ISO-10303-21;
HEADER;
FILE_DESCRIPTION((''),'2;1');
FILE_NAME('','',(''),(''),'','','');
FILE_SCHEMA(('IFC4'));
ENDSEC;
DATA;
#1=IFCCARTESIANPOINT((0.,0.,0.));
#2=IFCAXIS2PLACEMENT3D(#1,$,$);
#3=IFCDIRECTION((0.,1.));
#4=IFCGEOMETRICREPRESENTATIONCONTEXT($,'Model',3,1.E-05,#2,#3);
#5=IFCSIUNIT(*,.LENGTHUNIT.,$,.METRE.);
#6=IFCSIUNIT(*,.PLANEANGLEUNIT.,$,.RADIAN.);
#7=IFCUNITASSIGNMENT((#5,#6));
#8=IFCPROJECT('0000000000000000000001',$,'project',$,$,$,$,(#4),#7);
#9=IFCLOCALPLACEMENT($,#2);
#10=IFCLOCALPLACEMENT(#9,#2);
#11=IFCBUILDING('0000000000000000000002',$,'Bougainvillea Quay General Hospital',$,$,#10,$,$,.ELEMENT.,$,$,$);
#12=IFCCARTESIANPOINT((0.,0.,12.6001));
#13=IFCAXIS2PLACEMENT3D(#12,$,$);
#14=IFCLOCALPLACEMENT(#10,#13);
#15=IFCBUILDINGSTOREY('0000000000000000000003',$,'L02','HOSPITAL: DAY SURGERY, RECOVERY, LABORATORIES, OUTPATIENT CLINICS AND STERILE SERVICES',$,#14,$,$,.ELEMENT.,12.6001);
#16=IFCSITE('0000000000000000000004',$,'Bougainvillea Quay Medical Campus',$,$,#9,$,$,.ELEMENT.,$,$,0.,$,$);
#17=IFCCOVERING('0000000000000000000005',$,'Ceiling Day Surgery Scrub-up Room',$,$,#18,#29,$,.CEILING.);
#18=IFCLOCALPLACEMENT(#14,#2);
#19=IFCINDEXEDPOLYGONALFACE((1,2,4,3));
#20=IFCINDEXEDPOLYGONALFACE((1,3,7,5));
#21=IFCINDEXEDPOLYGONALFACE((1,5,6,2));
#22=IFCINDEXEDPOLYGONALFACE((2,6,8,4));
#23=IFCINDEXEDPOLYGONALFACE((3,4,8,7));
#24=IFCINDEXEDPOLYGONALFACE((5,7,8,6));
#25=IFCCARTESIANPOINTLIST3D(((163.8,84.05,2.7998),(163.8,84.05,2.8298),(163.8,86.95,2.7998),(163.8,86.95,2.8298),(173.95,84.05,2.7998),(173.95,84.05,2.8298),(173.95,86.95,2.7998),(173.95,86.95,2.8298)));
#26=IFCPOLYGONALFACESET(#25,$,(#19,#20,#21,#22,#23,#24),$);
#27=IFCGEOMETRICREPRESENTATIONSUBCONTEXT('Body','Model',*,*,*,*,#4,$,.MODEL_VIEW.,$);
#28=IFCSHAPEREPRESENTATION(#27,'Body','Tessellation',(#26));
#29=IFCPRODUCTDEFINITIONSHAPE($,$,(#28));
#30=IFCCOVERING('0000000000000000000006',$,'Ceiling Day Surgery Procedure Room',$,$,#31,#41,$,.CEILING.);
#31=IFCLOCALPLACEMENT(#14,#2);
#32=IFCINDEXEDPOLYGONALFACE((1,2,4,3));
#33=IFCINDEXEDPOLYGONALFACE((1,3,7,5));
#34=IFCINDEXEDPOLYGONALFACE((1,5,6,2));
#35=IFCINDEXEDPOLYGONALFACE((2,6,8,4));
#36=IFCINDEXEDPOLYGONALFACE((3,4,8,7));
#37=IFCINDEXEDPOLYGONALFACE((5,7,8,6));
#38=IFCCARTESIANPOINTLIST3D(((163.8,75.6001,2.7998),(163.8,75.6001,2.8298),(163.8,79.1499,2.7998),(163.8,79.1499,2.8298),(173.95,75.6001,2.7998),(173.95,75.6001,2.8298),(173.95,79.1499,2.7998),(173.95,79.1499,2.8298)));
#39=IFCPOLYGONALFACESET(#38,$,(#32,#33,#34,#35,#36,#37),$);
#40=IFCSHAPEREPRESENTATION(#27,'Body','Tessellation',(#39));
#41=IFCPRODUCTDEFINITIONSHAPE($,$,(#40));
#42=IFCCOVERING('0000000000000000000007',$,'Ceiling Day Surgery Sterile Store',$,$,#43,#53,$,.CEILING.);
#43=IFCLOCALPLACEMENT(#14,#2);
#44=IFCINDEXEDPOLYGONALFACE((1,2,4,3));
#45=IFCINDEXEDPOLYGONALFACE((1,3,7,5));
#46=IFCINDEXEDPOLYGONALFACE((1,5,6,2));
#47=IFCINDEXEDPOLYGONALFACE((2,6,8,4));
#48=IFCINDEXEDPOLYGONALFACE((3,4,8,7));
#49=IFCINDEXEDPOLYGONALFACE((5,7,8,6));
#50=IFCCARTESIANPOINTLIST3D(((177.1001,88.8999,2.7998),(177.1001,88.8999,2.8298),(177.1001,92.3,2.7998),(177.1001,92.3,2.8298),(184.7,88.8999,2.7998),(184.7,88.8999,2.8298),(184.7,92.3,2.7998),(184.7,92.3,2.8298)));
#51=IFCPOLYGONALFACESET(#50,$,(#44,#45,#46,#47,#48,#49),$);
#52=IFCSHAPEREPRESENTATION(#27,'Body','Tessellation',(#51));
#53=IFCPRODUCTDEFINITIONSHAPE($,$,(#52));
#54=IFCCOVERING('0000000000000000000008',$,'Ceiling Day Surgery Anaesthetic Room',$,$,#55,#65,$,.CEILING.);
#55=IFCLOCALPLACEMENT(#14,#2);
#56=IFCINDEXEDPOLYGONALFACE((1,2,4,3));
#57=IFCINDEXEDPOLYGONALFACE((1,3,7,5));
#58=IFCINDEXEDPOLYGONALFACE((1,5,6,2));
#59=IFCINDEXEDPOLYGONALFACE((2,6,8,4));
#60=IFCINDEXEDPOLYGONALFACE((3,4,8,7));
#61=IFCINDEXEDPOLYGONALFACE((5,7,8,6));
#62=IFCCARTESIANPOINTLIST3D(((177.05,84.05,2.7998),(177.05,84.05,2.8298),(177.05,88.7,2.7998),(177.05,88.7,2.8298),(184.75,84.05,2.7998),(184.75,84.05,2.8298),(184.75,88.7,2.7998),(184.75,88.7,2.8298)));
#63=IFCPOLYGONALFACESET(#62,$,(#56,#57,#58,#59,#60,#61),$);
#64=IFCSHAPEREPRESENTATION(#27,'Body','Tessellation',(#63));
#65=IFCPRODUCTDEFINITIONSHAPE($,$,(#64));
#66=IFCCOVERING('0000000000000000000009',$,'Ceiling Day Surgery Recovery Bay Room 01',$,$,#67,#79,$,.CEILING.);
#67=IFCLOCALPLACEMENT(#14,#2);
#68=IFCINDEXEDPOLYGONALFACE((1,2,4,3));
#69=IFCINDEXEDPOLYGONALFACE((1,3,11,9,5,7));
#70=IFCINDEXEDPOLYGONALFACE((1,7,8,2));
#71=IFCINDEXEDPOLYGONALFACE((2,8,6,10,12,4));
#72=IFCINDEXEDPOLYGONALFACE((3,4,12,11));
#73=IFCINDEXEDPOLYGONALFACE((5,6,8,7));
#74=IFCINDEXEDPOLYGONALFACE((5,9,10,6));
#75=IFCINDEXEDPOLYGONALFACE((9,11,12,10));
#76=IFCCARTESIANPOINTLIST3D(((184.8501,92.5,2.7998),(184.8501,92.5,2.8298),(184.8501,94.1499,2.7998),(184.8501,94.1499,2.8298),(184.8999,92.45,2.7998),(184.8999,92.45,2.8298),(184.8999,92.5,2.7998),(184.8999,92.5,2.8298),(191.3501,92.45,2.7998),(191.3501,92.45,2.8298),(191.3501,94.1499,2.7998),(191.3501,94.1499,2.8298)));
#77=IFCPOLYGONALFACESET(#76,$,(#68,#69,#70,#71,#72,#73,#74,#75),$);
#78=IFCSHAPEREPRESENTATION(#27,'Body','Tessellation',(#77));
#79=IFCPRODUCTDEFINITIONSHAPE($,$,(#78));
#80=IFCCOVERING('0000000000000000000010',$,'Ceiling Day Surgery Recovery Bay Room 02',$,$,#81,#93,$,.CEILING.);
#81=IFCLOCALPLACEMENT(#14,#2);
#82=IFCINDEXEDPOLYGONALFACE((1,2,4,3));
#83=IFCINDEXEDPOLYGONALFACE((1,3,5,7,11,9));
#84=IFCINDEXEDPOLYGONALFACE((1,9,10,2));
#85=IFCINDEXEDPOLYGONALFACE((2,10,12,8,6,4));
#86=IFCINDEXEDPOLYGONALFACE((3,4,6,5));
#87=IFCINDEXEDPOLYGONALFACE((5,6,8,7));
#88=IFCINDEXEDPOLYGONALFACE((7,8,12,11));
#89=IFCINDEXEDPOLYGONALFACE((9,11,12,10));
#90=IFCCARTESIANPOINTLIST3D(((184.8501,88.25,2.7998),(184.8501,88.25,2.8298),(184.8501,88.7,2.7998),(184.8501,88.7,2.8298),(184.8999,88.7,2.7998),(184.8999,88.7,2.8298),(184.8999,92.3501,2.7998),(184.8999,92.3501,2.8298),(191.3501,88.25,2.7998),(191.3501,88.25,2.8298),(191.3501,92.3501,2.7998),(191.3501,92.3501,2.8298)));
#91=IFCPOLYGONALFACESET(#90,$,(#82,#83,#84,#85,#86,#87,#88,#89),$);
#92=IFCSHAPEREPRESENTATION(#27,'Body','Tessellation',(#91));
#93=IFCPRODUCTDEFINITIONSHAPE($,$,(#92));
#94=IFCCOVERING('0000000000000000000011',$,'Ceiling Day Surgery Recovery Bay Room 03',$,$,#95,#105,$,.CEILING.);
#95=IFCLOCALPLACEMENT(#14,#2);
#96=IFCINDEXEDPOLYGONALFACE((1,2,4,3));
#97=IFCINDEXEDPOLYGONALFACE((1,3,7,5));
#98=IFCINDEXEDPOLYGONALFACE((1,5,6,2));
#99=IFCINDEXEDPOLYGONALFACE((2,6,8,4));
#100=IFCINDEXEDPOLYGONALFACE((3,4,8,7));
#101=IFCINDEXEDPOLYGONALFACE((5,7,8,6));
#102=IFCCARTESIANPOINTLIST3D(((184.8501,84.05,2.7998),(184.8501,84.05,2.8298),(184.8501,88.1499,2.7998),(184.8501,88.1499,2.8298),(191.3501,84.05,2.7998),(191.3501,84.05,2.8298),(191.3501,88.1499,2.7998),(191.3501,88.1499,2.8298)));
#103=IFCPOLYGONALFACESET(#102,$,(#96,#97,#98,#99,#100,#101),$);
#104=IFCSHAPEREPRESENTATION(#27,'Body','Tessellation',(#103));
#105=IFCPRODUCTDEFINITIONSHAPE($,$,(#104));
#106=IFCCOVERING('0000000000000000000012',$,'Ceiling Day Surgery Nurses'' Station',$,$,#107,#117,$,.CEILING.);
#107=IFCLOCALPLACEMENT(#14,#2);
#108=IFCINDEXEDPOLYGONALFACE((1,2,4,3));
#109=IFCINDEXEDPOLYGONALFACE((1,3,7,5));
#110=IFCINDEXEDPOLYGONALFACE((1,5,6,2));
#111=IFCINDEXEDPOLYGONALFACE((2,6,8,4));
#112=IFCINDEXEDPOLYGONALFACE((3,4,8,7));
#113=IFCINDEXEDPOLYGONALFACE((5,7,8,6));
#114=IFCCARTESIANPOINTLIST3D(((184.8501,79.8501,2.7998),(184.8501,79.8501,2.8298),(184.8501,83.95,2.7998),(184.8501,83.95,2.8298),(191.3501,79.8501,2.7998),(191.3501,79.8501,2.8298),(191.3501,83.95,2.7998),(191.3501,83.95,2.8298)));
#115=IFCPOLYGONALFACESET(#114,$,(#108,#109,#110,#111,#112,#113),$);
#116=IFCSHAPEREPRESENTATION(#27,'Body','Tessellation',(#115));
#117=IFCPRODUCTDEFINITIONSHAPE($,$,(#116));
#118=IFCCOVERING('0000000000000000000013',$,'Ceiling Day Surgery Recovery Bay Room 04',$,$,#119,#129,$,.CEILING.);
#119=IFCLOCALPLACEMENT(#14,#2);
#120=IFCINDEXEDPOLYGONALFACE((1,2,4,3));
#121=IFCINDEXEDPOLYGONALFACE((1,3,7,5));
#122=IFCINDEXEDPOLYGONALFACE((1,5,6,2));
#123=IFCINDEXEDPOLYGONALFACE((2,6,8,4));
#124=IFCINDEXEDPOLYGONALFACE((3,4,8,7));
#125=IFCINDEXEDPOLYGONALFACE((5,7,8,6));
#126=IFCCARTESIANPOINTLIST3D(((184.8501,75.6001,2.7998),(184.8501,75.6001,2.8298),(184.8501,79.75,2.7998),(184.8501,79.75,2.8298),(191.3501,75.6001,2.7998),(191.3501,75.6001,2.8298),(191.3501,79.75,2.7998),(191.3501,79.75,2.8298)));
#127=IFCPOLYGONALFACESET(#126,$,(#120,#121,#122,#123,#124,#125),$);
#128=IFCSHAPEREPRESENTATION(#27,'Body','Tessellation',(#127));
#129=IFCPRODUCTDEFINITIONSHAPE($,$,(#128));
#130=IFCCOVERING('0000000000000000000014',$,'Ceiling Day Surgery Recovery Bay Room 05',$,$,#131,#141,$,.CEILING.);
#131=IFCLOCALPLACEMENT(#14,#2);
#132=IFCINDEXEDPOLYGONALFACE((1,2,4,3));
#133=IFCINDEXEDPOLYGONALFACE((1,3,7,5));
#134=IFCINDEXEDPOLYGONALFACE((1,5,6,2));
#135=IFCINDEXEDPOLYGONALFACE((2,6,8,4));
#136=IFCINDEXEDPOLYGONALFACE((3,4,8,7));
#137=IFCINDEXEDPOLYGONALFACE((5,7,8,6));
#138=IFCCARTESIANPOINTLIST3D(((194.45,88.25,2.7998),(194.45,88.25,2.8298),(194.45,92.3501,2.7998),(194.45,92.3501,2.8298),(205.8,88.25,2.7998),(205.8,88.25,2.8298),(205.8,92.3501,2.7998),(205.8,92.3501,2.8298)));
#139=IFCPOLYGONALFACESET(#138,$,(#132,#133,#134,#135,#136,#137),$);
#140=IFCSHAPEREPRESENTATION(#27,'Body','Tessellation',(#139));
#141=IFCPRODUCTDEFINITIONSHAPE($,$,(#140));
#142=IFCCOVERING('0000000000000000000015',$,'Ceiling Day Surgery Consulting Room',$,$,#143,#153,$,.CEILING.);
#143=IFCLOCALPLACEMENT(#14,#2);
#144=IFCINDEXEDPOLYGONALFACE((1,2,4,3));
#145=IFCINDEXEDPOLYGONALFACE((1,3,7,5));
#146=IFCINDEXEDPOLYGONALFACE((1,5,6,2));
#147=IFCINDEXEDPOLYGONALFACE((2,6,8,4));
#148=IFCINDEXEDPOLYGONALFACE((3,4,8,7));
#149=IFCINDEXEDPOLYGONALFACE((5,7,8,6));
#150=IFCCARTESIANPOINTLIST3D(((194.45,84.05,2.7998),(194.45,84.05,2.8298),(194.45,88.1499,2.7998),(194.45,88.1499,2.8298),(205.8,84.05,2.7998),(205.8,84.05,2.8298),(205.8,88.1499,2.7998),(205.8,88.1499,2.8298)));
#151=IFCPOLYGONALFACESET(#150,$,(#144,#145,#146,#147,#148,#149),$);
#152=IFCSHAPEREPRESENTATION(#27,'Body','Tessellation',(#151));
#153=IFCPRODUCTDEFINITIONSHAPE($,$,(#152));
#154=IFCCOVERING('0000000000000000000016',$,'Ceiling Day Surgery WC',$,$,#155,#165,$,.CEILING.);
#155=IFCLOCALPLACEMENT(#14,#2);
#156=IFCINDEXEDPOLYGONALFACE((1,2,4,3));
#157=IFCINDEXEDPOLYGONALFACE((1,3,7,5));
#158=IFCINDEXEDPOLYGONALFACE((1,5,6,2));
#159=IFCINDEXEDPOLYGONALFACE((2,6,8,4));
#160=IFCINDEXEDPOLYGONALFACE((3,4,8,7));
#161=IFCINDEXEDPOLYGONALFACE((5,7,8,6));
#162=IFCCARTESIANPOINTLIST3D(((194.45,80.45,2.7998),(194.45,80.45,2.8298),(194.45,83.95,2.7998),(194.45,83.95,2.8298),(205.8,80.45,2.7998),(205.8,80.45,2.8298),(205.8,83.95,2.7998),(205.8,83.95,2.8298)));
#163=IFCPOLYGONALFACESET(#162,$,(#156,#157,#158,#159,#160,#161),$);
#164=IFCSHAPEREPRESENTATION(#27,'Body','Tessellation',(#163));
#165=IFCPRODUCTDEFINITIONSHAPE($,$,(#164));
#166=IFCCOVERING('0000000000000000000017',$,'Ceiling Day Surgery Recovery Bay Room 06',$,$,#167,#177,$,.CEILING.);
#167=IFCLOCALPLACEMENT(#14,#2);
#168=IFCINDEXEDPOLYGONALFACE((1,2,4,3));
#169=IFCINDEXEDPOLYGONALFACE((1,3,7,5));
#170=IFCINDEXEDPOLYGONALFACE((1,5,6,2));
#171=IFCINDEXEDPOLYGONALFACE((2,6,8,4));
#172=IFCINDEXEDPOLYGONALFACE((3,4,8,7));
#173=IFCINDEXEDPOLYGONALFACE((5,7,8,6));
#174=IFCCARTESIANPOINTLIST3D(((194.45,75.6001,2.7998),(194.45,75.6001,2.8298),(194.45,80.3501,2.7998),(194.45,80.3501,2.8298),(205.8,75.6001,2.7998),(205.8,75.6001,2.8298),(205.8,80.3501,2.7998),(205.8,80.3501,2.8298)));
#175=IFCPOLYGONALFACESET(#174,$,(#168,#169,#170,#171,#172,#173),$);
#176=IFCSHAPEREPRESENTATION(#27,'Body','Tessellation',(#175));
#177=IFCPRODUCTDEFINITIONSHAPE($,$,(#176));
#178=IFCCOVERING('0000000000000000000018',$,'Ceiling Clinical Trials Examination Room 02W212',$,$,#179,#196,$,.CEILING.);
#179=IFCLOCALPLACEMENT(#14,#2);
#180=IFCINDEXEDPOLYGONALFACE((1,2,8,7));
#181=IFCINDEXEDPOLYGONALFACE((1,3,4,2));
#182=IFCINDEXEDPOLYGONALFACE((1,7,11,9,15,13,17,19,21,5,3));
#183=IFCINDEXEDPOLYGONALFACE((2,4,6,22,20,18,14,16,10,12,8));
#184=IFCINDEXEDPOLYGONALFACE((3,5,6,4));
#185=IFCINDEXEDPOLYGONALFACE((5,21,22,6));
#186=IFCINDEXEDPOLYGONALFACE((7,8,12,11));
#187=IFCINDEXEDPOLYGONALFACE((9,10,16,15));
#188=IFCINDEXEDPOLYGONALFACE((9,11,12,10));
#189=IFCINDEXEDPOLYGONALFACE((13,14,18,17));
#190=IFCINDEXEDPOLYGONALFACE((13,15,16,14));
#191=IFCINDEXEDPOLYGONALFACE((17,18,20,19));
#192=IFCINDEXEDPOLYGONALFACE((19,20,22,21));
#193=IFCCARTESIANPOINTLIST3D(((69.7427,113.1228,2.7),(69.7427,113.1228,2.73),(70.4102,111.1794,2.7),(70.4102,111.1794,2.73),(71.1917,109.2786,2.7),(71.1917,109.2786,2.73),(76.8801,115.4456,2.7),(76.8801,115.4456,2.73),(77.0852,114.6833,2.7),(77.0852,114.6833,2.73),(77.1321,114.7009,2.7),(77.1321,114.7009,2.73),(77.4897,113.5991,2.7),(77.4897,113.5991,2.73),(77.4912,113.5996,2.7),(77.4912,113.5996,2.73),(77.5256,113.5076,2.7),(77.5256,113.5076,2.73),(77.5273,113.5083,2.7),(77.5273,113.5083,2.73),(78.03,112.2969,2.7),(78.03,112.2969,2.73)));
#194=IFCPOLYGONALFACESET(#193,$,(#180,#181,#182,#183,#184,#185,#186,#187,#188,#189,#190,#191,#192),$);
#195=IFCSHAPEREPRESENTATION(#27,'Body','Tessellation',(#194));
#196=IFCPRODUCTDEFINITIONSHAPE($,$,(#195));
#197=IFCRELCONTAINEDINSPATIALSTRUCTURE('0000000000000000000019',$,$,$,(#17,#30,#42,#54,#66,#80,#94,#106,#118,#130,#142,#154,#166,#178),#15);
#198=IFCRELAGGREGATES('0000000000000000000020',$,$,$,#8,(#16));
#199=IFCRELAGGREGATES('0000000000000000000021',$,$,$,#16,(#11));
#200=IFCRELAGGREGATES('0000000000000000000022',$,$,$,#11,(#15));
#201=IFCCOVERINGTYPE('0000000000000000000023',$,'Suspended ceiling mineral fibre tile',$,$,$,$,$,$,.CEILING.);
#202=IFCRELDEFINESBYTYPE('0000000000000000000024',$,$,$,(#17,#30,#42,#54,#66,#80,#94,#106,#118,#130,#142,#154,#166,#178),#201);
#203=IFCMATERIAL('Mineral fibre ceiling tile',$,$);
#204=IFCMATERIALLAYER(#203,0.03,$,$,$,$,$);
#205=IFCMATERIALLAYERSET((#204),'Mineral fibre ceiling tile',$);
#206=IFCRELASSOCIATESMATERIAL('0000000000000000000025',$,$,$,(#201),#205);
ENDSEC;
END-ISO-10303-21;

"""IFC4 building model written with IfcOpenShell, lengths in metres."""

from ifc_helpers import new_model, si_unit, direction, frame, origin, place, context, subcontext, project, spatial, polyline, outline, extrude, material, layer, layer_set, type_object, element, save


model = new_model("IFC4")

# Units and contexts
model_context = context("Model", 3, precision=1e-05, world=origin(), true_north=direction((0.0, 1.0)))
body_context = subcontext(model_context, "Body", "Model", "MODEL_VIEW")
ifc_project = project(units=[si_unit("LENGTHUNIT", "METRE"), si_unit("PLANEANGLEUNIT", "RADIAN")], contexts=[model_context])

# Site, building, storey
site_placement = place(None, origin())
site = spatial("IfcSite", under=ifc_project, at=site_placement, Name="Bougainvillea Quay Medical Campus", CompositionType="ELEMENT", RefElevation=0.0)
building_placement = place(site_placement, origin())
building = spatial("IfcBuilding", under=site, at=building_placement, Name="Bougainvillea Quay General Hospital", CompositionType="ELEMENT")
storey_placement = place(building_placement, frame((0.0, 0.0, 12.6001)))
storey = spatial("IfcBuildingStorey", under=building, at=storey_placement, Name="L02", Description="HOSPITAL: DAY SURGERY, RECOVERY, LABORATORIES, OUTPATIENT CLINICS AND STERILE SERVICES", CompositionType="ELEMENT", Elevation=12.6001)

# Coverings
ifc_material = material(Name="Mineral fibre ceiling tile")
ifc_layer = layer(ifc_material, 0.03)
ifc_layer_set = layer_set([ifc_layer], Name="Mineral fibre ceiling tile")
covering_type = type_object("IfcCoveringType", Name="Suspended ceiling mineral fibre tile", PredefinedType="CEILING", material=ifc_layer_set)
covering_1_placement = place(storey_placement, frame((0.0, 0.0, 2.7998)))
element("IfcCovering", 1, at=covering_1_placement, inside=storey, type_object=covering_type, Name="Ceiling Day Surgery Scrub-up Room", PredefinedType="CEILING", context=body_context, shape_type="SweptSolid", body=[
    extrude(outline(polyline([(163.8, 84.05), (173.95, 84.05), (173.95, 86.95), (163.8, 86.95), (163.8, 84.05)])), origin(), (0.0, 0.0, 1.0), 0.03),
])
covering_2_placement = place(storey_placement, frame((0.0, 0.0, 2.7998)))
element("IfcCovering", 2, at=covering_2_placement, inside=storey, type_object=covering_type, Name="Ceiling Day Surgery Procedure Room", PredefinedType="CEILING", context=body_context, shape_type="SweptSolid", body=[
    extrude(outline(polyline([(173.95, 75.6001), (173.95, 79.1499), (163.8, 79.1499), (163.8, 75.6001), (173.95, 75.6001)])), origin(), (0.0, 0.0, 1.0), 0.03),
])
covering_3_placement = place(storey_placement, frame((0.0, 0.0, 2.7998)))
element("IfcCovering", 3, at=covering_3_placement, inside=storey, type_object=covering_type, Name="Ceiling Day Surgery Sterile Store", PredefinedType="CEILING", context=body_context, shape_type="SweptSolid", body=[
    extrude(outline(polyline([(177.1001, 88.8999), (184.7, 88.8999), (184.7, 92.3), (177.1001, 92.3), (177.1001, 88.8999)])), origin(), (0.0, 0.0, 1.0), 0.03),
])
covering_4_placement = place(storey_placement, frame((0.0, 0.0, 2.7998)))
element("IfcCovering", 4, at=covering_4_placement, inside=storey, type_object=covering_type, Name="Ceiling Day Surgery Anaesthetic Room", PredefinedType="CEILING", context=body_context, shape_type="SweptSolid", body=[
    extrude(outline(polyline([(177.05, 84.05), (184.75, 84.05), (184.75, 88.7), (177.05, 88.7), (177.05, 84.05)])), origin(), (0.0, 0.0, 1.0), 0.03),
])
covering_5_placement = place(storey_placement, frame((0.0, 0.0, 2.7998)))
element("IfcCovering", 5, at=covering_5_placement, inside=storey, type_object=covering_type, Name="Ceiling Day Surgery Recovery Bay Room 01", PredefinedType="CEILING", context=body_context, shape_type="SweptSolid", body=[
    extrude(outline(polyline([(184.8999, 92.45), (191.3501, 92.45), (191.3501, 94.1499), (184.8501, 94.1499), (184.8501, 92.5), (184.8999, 92.5), (184.8999, 92.45)])), origin(), (0.0, 0.0, 1.0), 0.03),
])
covering_6_placement = place(storey_placement, frame((0.0, 0.0, 2.7998)))
element("IfcCovering", 6, at=covering_6_placement, inside=storey, type_object=covering_type, Name="Ceiling Day Surgery Recovery Bay Room 02", PredefinedType="CEILING", context=body_context, shape_type="SweptSolid", body=[
    extrude(outline(polyline([(184.8501, 88.7), (184.8501, 88.25), (191.3501, 88.25), (191.3501, 92.3501), (184.8999, 92.3501), (184.8999, 88.7), (184.8501, 88.7)])), origin(), (0.0, 0.0, 1.0), 0.03),
])
covering_7_placement = place(storey_placement, frame((0.0, 0.0, 2.7998)))
element("IfcCovering", 7, at=covering_7_placement, inside=storey, type_object=covering_type, Name="Ceiling Day Surgery Recovery Bay Room 03", PredefinedType="CEILING", context=body_context, shape_type="SweptSolid", body=[
    extrude(outline(polyline([(184.8501, 84.05), (191.3501, 84.05), (191.3501, 88.1499), (184.8501, 88.1499), (184.8501, 84.05)])), origin(), (0.0, 0.0, 1.0), 0.03),
])
covering_8_placement = place(storey_placement, frame((0.0, 0.0, 2.7998)))
element("IfcCovering", 8, at=covering_8_placement, inside=storey, type_object=covering_type, Name="Ceiling Day Surgery Nurses' Station", PredefinedType="CEILING", context=body_context, shape_type="SweptSolid", body=[
    extrude(outline(polyline([(184.8501, 79.8501), (191.3501, 79.8501), (191.3501, 83.95), (184.8501, 83.95), (184.8501, 79.8501)])), origin(), (0.0, 0.0, 1.0), 0.03),
])
covering_9_placement = place(storey_placement, frame((0.0, 0.0, 2.7998)))
element("IfcCovering", 9, at=covering_9_placement, inside=storey, type_object=covering_type, Name="Ceiling Day Surgery Recovery Bay Room 04", PredefinedType="CEILING", context=body_context, shape_type="SweptSolid", body=[
    extrude(outline(polyline([(191.3501, 75.6001), (191.3501, 79.75), (184.8501, 79.75), (184.8501, 75.6001), (191.3501, 75.6001)])), origin(), (0.0, 0.0, 1.0), 0.03),
])
covering_10_placement = place(storey_placement, frame((0.0, 0.0, 2.7998)))
element("IfcCovering", 10, at=covering_10_placement, inside=storey, type_object=covering_type, Name="Ceiling Day Surgery Recovery Bay Room 05", PredefinedType="CEILING", context=body_context, shape_type="SweptSolid", body=[
    extrude(outline(polyline([(205.8, 92.3501), (194.45, 92.3501), (194.45, 88.25), (205.8, 88.25), (205.8, 92.3501)])), origin(), (0.0, 0.0, 1.0), 0.03),
])
covering_11_placement = place(storey_placement, frame((0.0, 0.0, 2.7998)))
element("IfcCovering", 11, at=covering_11_placement, inside=storey, type_object=covering_type, Name="Ceiling Day Surgery Consulting Room", PredefinedType="CEILING", context=body_context, shape_type="SweptSolid", body=[
    extrude(outline(polyline([(205.8, 88.1499), (194.45, 88.1499), (194.45, 84.05), (205.8, 84.05), (205.8, 88.1499)])), origin(), (0.0, 0.0, 1.0), 0.03),
])
covering_12_placement = place(storey_placement, frame((0.0, 0.0, 2.7998)))
element("IfcCovering", 12, at=covering_12_placement, inside=storey, type_object=covering_type, Name="Ceiling Day Surgery WC", PredefinedType="CEILING", context=body_context, shape_type="SweptSolid", body=[
    extrude(outline(polyline([(205.8, 83.95), (194.45, 83.95), (194.45, 80.45), (205.8, 80.45), (205.8, 83.95)])), origin(), (0.0, 0.0, 1.0), 0.03),
])
covering_13_placement = place(storey_placement, frame((0.0, 0.0, 2.7998)))
element("IfcCovering", 13, at=covering_13_placement, inside=storey, type_object=covering_type, Name="Ceiling Day Surgery Recovery Bay Room 06", PredefinedType="CEILING", context=body_context, shape_type="SweptSolid", body=[
    extrude(outline(polyline([(205.8, 80.3501), (194.45, 80.3501), (194.45, 75.6001), (205.8, 75.6001), (205.8, 80.3501)])), origin(), (0.0, 0.0, 1.0), 0.03),
])
covering_14_placement = place(storey_placement, frame((0.0, 0.0, 2.7)))
element("IfcCovering", 14, at=covering_14_placement, inside=storey, type_object=covering_type, Name="Ceiling Clinical Trials Examination Room 02W212", PredefinedType="CEILING", context=body_context, shape_type="SweptSolid", body=[
    extrude(outline(polyline([(76.8801, 115.4456), (69.7427, 113.1228), (70.4102, 111.1794), (71.1917, 109.2786), (78.03, 112.2969), (77.5273, 113.5083), (77.5256, 113.5076), (77.4897, 113.5991), (77.4912, 113.5996), (77.0852, 114.6833), (77.1321, 114.7009), (76.8801, 115.4456)])), origin(), (0.0, 0.0, 1.0), 0.03),
])

save(model, "model.ifc")
